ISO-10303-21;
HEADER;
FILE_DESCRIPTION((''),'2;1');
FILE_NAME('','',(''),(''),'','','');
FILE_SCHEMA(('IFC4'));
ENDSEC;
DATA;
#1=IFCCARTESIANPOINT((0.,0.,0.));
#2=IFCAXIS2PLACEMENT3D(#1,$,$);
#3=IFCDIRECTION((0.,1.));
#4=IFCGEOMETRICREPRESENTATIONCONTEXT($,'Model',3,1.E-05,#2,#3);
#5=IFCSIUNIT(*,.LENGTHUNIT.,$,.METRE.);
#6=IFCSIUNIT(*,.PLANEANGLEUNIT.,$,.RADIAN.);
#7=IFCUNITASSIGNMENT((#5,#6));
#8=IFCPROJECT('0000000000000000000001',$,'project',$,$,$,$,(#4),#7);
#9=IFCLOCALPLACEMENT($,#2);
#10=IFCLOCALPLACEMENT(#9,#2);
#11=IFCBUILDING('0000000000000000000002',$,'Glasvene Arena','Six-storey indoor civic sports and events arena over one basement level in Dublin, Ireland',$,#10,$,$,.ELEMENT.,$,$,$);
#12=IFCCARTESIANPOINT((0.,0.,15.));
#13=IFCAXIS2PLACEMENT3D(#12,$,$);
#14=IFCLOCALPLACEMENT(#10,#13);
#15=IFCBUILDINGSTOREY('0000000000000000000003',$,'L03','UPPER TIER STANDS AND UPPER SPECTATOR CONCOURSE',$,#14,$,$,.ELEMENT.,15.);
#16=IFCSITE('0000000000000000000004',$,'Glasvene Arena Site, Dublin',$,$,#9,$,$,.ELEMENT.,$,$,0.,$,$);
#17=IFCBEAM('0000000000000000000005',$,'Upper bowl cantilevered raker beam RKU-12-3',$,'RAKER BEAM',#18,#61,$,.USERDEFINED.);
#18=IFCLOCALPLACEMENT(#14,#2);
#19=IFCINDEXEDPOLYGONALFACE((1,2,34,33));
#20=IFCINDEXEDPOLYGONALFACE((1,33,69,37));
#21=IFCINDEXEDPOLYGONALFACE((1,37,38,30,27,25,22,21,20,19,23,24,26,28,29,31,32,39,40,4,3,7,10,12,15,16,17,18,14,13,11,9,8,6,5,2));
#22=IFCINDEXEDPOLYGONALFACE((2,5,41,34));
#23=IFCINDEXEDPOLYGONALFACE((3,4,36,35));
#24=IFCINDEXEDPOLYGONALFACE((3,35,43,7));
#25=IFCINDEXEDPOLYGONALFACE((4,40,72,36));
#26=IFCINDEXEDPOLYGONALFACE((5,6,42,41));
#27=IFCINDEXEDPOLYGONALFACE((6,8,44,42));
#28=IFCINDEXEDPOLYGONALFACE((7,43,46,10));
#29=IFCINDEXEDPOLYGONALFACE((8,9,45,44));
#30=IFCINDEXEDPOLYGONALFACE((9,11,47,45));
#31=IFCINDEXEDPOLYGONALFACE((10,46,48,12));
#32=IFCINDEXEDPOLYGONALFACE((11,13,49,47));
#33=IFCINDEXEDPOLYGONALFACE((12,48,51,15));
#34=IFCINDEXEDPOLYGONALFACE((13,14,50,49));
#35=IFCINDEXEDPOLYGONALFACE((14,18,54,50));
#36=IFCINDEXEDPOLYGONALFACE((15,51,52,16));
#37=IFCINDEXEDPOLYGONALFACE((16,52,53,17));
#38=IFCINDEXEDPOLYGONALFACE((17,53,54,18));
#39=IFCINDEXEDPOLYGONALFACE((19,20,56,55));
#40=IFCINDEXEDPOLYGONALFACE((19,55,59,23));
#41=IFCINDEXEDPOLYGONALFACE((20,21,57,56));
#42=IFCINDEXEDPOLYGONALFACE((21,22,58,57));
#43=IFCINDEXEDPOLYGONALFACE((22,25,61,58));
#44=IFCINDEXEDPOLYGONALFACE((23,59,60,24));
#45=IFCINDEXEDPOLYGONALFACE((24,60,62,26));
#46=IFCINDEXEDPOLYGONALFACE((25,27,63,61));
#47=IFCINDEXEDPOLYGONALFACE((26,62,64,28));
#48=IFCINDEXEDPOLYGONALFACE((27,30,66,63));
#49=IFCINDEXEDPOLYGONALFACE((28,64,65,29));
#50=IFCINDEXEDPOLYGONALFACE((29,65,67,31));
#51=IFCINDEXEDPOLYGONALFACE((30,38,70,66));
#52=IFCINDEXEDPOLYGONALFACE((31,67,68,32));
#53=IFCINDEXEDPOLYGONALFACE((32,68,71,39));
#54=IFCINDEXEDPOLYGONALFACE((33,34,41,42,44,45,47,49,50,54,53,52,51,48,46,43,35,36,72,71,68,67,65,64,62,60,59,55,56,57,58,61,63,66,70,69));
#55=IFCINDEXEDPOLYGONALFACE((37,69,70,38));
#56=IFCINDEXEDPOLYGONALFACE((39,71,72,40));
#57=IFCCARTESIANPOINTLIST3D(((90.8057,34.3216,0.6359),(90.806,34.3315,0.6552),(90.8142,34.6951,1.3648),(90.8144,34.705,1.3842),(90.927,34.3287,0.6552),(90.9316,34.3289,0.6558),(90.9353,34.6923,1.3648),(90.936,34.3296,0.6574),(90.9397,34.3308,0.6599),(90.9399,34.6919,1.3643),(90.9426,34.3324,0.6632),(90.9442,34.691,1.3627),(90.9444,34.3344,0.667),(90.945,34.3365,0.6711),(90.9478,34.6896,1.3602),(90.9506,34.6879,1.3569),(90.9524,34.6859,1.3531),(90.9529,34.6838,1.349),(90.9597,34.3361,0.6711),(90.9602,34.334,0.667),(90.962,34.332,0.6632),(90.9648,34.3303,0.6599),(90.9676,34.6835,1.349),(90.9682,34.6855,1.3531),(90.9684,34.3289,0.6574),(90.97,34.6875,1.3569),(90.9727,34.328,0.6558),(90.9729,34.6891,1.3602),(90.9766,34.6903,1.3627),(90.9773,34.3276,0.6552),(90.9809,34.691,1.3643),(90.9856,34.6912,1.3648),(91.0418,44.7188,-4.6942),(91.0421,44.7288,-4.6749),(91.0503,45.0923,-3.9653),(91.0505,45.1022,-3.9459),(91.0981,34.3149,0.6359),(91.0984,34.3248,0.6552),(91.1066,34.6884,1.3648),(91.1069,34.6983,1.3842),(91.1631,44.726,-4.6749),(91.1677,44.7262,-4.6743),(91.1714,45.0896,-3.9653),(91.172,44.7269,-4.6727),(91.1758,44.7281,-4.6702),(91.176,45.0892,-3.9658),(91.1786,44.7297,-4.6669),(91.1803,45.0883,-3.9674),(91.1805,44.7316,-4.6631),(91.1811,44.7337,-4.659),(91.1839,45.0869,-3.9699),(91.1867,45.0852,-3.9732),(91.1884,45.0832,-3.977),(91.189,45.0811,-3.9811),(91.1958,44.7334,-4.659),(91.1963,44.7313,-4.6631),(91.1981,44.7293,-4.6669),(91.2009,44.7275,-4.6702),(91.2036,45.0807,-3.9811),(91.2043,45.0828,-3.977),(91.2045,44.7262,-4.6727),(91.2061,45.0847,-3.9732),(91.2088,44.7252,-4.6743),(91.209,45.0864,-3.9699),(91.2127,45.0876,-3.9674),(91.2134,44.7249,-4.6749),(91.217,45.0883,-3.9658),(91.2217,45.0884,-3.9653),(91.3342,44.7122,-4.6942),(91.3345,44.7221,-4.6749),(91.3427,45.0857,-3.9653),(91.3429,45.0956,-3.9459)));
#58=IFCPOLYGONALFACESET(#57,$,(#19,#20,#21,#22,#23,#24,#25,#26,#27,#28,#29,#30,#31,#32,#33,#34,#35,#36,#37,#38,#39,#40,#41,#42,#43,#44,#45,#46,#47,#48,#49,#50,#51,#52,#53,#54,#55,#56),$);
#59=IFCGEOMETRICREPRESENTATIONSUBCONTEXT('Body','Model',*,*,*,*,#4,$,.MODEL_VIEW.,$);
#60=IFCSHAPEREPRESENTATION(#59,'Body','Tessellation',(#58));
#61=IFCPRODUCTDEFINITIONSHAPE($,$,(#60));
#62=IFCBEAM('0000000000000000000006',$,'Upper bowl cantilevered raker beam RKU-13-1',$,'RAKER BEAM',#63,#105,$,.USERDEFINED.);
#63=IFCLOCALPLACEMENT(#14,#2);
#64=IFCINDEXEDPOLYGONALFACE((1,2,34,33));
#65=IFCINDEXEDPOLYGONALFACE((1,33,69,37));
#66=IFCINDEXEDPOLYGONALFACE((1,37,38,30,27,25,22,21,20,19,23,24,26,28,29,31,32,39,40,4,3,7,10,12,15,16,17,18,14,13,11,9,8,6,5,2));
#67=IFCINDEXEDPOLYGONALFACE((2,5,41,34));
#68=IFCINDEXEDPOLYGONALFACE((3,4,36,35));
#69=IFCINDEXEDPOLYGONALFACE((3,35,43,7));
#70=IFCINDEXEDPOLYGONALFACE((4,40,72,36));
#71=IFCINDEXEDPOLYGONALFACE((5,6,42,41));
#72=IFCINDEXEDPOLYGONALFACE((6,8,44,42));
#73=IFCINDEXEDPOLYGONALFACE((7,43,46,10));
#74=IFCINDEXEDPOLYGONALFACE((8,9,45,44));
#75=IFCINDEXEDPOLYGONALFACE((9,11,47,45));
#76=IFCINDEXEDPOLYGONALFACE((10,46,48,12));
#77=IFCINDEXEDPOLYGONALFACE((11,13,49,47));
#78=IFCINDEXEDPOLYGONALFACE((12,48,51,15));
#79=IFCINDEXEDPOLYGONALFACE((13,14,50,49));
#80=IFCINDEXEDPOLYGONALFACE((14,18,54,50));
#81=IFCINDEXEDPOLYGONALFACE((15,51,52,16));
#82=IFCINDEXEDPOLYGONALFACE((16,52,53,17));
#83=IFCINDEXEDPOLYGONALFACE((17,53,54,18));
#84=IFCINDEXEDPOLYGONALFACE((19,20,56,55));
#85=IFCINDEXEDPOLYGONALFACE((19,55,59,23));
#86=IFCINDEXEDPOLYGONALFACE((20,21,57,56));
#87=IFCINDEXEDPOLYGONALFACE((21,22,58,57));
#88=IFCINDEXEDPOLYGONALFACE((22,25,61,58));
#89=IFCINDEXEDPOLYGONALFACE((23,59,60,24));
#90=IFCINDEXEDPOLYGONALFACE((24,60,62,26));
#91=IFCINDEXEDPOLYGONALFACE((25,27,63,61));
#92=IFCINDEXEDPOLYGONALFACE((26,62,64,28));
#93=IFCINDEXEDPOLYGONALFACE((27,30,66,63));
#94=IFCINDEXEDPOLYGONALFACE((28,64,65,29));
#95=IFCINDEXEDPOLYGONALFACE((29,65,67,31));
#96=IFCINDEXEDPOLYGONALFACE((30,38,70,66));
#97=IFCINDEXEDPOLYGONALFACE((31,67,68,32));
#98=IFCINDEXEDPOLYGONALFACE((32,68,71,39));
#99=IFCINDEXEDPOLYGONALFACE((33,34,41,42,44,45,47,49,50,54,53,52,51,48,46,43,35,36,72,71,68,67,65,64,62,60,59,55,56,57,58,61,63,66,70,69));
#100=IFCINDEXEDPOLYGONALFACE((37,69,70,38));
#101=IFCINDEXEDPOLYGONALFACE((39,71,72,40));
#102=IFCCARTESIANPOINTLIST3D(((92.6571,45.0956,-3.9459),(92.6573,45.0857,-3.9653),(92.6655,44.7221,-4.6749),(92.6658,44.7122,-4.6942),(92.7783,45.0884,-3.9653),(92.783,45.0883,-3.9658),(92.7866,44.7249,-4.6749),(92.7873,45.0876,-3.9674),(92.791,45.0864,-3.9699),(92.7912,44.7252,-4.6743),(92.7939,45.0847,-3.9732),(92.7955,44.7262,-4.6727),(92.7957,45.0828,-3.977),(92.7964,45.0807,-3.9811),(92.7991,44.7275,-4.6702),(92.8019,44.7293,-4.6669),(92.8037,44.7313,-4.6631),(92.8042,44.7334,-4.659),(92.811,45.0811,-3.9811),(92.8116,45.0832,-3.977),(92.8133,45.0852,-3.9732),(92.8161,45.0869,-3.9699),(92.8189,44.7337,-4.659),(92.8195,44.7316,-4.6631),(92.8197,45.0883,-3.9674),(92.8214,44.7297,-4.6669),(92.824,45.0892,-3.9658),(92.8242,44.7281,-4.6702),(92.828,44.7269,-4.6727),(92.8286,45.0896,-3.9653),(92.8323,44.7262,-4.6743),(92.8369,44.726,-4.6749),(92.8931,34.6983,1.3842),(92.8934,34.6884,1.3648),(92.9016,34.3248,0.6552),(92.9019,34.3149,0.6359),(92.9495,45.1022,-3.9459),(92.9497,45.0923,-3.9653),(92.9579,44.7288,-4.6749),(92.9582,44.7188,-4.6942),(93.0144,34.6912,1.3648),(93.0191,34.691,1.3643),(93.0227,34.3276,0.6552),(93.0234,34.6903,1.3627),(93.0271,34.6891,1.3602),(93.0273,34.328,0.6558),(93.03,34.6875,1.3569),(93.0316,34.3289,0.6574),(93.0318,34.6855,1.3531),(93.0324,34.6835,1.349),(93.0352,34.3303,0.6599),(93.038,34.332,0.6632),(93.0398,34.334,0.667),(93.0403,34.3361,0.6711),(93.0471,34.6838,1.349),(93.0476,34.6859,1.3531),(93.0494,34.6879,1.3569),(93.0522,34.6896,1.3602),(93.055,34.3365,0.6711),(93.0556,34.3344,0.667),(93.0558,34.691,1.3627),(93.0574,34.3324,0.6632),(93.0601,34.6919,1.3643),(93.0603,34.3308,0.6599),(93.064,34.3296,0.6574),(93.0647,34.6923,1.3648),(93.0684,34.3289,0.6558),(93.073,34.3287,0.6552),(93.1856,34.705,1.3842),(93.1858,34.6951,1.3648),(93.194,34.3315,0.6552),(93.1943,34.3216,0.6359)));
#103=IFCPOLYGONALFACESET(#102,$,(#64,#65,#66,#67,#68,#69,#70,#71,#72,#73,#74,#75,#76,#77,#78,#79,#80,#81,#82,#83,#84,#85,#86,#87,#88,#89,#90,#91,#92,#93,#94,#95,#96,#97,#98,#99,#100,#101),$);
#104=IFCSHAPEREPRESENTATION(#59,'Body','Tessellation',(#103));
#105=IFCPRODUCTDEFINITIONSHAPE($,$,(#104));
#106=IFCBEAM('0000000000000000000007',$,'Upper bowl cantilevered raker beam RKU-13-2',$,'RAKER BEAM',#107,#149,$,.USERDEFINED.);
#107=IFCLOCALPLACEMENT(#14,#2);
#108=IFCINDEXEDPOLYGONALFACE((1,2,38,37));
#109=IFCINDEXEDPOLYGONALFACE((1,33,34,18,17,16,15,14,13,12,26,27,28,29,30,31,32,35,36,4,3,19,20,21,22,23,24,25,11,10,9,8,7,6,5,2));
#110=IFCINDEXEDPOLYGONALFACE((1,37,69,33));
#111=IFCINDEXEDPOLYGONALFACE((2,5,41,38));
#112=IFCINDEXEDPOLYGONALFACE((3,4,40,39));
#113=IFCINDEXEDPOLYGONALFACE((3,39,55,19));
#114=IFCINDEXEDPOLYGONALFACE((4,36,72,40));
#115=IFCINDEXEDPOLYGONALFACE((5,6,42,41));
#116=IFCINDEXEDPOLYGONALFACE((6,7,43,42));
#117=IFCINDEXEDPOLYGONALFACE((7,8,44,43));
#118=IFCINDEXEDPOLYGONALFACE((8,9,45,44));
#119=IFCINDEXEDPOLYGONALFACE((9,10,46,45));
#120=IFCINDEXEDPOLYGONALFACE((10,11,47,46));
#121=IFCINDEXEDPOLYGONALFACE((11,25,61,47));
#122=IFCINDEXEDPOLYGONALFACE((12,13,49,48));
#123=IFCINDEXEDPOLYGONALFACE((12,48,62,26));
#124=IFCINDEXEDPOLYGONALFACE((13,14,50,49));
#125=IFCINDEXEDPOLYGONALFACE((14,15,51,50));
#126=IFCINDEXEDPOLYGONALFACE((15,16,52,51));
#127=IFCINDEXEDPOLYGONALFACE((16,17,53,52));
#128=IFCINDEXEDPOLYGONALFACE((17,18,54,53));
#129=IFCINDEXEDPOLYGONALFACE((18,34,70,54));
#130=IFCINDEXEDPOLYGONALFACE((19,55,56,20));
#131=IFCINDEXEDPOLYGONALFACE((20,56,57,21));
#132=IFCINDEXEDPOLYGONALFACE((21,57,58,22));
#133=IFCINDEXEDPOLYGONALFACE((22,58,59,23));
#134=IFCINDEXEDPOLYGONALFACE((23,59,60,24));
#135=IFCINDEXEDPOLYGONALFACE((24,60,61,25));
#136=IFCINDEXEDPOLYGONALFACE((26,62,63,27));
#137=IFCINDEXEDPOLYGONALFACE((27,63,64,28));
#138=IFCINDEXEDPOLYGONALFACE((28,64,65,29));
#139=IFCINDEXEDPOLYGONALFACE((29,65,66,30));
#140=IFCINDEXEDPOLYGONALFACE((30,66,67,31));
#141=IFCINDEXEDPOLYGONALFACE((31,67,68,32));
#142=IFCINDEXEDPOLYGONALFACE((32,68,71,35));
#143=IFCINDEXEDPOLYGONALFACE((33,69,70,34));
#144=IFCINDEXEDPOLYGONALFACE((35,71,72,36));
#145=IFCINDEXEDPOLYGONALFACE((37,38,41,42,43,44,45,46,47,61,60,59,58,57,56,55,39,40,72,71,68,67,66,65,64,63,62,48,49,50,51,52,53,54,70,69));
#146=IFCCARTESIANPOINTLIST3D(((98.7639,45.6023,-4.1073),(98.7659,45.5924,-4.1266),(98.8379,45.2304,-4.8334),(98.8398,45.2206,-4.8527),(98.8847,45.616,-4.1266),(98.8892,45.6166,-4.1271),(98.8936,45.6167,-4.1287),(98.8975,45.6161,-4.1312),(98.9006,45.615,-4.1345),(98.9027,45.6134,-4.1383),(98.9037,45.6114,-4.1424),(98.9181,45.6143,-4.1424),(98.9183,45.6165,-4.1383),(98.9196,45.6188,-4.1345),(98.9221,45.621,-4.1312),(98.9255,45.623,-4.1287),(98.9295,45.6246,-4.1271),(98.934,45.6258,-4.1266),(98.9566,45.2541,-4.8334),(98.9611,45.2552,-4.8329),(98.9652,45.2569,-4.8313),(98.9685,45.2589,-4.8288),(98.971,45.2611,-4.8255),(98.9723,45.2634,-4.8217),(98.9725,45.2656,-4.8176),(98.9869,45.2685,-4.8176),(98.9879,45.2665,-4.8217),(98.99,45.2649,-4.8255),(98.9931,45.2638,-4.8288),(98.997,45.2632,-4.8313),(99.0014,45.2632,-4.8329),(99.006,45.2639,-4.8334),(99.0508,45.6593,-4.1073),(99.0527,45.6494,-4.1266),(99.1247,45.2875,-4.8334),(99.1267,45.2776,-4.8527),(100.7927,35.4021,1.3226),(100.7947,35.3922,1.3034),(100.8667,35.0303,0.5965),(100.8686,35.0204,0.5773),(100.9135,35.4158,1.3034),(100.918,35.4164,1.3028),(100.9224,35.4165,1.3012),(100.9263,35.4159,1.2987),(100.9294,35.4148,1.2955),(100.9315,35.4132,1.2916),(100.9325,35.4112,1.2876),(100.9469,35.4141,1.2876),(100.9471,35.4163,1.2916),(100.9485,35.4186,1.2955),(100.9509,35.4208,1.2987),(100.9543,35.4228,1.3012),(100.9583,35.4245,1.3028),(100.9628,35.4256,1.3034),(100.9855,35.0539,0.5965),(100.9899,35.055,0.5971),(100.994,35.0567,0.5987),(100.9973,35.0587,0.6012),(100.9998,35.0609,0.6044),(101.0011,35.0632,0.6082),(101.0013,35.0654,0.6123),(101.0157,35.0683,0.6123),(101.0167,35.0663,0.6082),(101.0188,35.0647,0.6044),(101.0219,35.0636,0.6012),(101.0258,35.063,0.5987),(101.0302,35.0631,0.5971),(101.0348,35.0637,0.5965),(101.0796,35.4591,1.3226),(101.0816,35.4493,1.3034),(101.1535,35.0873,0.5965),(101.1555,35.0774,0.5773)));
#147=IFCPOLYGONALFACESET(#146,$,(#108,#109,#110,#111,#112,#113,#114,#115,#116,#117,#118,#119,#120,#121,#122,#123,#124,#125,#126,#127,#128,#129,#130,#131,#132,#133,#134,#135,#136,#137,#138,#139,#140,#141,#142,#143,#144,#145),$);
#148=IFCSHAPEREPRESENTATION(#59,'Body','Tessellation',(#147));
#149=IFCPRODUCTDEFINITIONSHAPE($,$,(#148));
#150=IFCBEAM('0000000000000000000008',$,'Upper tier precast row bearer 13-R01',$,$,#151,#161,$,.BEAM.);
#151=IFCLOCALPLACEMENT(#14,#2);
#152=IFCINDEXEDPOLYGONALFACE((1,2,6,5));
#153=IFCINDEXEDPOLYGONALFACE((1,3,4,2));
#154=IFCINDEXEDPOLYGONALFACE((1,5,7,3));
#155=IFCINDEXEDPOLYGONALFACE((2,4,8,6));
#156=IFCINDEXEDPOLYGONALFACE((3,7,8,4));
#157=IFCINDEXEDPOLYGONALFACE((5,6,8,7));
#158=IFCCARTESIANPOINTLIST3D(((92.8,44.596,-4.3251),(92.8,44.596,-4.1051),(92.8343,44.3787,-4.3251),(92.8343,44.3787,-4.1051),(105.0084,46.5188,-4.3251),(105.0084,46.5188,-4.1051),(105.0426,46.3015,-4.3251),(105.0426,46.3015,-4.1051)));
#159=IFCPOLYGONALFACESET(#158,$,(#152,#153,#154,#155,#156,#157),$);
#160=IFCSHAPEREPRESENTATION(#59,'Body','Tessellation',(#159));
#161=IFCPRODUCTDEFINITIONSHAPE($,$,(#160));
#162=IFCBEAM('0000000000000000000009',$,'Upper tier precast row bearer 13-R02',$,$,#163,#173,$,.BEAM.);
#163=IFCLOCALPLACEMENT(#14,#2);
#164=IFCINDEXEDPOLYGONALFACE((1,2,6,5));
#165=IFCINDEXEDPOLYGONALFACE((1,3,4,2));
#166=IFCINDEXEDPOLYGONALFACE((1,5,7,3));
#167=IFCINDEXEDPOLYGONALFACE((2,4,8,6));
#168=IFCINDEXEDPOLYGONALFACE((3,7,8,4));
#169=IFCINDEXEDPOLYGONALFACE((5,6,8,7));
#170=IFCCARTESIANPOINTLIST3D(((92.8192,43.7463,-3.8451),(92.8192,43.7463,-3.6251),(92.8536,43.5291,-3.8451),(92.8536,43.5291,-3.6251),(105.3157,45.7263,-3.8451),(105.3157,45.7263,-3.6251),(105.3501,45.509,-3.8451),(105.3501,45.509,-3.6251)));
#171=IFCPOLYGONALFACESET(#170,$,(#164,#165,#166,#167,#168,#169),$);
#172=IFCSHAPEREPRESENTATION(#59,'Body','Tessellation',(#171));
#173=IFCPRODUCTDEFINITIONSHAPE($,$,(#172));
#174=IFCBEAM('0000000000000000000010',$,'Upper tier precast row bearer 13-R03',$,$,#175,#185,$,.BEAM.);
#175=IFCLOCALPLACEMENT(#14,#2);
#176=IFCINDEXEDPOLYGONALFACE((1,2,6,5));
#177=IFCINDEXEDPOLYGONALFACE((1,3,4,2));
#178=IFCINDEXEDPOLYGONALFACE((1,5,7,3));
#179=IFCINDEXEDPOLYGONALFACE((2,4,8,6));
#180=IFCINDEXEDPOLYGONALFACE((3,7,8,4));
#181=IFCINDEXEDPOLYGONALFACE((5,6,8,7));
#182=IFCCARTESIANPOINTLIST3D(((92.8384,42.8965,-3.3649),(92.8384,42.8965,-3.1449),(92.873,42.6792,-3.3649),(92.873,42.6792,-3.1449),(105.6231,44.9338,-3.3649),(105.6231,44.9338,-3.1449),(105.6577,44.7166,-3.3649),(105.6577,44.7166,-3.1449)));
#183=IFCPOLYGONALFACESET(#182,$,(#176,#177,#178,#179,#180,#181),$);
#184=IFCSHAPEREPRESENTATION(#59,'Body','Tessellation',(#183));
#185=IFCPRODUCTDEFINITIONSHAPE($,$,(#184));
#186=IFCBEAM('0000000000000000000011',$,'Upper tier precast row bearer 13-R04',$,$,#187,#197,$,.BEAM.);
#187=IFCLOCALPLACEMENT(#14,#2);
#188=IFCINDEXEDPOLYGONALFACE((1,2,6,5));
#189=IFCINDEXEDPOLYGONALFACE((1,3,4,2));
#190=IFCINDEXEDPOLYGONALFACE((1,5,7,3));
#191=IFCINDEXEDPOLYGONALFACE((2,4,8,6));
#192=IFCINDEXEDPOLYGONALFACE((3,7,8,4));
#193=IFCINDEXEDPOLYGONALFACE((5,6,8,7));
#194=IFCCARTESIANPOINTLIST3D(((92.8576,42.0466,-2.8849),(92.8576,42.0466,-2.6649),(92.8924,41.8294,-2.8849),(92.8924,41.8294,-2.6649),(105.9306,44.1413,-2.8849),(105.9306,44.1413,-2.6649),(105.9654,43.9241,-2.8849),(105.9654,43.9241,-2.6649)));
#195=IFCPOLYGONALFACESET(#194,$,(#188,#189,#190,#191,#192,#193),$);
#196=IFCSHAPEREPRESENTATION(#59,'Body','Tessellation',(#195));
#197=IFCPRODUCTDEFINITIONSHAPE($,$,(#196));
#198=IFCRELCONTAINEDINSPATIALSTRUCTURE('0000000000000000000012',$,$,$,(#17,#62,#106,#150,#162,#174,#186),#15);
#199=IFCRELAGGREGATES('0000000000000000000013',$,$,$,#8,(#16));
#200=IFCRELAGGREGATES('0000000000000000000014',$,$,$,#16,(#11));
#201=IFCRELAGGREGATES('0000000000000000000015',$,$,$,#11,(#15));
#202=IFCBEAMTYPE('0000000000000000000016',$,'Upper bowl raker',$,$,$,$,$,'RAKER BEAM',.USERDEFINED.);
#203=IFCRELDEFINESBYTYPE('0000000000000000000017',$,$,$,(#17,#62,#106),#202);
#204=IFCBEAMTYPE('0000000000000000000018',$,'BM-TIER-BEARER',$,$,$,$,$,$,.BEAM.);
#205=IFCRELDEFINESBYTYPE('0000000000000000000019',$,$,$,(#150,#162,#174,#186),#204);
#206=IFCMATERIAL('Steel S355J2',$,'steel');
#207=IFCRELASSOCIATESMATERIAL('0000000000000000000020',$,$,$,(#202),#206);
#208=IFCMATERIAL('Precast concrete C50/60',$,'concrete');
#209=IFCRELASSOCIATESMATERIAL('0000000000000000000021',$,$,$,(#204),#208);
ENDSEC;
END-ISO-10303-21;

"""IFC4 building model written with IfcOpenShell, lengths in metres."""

from ifc_helpers import new_model, si_unit, direction, frame, origin, origin_2d, place, context, subcontext, project, spatial, rectangle, i_section, extrude, material, material_profile, profile_set, type_object, element, save


model = new_model("IFC4")

# Units and contexts
model_context = context("Model", 3, precision=1e-05, world=origin(), true_north=direction((0.0, 1.0)))
body_context = subcontext(model_context, "Body", "Model", "MODEL_VIEW")
ifc_project = project(units=[si_unit("LENGTHUNIT", "METRE"), si_unit("PLANEANGLEUNIT", "RADIAN")], contexts=[model_context])

# Site, building, storey
site_placement = place(None, origin())
site = spatial("IfcSite", under=ifc_project, at=site_placement, Name="Glasvene Arena Site, Dublin", CompositionType="ELEMENT", RefElevation=0.0)
building_placement = place(site_placement, origin())
building = spatial("IfcBuilding", under=site, at=building_placement, Name="Glasvene Arena", Description="Six-storey indoor civic sports and events arena over one basement level in Dublin, Ireland", CompositionType="ELEMENT")
storey_placement = place(building_placement, frame((0.0, 0.0, 15.0)))
storey = spatial("IfcBuildingStorey", under=building, at=storey_placement, Name="L03", Description="UPPER TIER STANDS AND UPPER SPECTATOR CONCOURSE", CompositionType="ELEMENT", Elevation=15.0)

# Shared definitions
ifc_material_1 = material(Name="Steel S355J2", Category="steel")

# Beams
ifc_material_profile_1 = material_profile(ifc_material_1, i_section(OverallWidth=0.2925, OverallDepth=0.8408, WebThickness=0.0146, FlangeThickness=0.0217, FilletRadius=0.0178, at=origin_2d()), Name="UKB 838x292x194")
ifc_profile_set_1 = profile_set([ifc_material_profile_1], Name="Steel S355J2")
beam_type_1 = type_object("IfcBeamType", Name="Upper bowl raker", ElementType="RAKER BEAM", PredefinedType="USERDEFINED", material=ifc_profile_set_1)
for number, where, z_axis, x_axis, name in (
    (1, (91.1924, 44.9072, -4.3201), (-0.020202, -0.889699, 0.4561), (0.999742, -0.022701, 0.0), "Upper bowl cantilevered raker beam RKU-12-3"),
    (2, (92.8076, 44.9072, -4.3201), (0.020202, -0.889699, 0.4561), (0.999742, 0.022701, 0.0), "Upper bowl cantilevered raker beam RKU-13-1"),
):
    element("IfcBeam", number, at=place(storey_placement, frame(where, z_axis=z_axis, x_axis=x_axis)), inside=storey, type_object=beam_type_1, Name=name, ObjectType="RAKER BEAM", PredefinedType="USERDEFINED", context=body_context, shape_type="SweptSolid", body=[
        extrude(i_section(OverallWidth=0.2925, OverallDepth=0.8408, WebThickness=0.0146, FlangeThickness=0.0217, FilletRadius=0.0178, at=origin_2d()), origin(), (0.0, 0.0, 1.0), 11.6863),
    ])
beam_1_placement = place(storey_placement, frame((98.9453, 45.4399, -4.48), z_axis=(0.172927, -0.86942, 0.462823), x_axis=(0.980788, 0.195078, 0.0)))
element("IfcBeam", 3, at=beam_1_placement, inside=storey, type_object=beam_type_1, Name="Upper bowl cantilevered raker beam RKU-13-2", ObjectType="RAKER BEAM", PredefinedType="USERDEFINED", context=body_context, shape_type="SweptSolid", body=[
    extrude(i_section(OverallWidth=0.2925, OverallDepth=0.8408, WebThickness=0.0146, FlangeThickness=0.0217, FilletRadius=0.0178, at=origin_2d()), origin(), (0.0, 0.0, 1.0), 11.7322),
])
ifc_material_2 = material(Name="Precast concrete C50/60", Category="concrete")
ifc_material_profile_2 = material_profile(ifc_material_2, rectangle(XDim=0.22, YDim=0.22, at=origin_2d()), Name="RC 220x220")
ifc_profile_set_2 = profile_set([ifc_material_profile_2], Name="Precast concrete C50/60")
beam_type_2 = type_object("IfcBeamType", Name="BM-TIER-BEARER", PredefinedType="BEAM", material=ifc_profile_set_2)
beam_2_placement = place(storey_placement, frame((92.8171, 44.4873, -4.2151), z_axis=(0.987823, 0.155583, 0.0), x_axis=(-0.155583, 0.987823, 0.0)))
element("IfcBeam", 4, at=beam_2_placement, inside=storey, type_object=beam_type_2, Name="Upper tier precast row bearer 13-R01", PredefinedType="BEAM", context=body_context, shape_type="SweptSolid", body=[
    extrude(rectangle(XDim=0.22, YDim=0.22, at=origin_2d()), origin(), (0.0, 0.0, 1.0), 12.3589),
])
beam_3_placement = place(storey_placement, frame((92.8364, 43.6377, -3.7351), z_axis=(0.98768, 0.15649, 0.0), x_axis=(-0.15649, 0.98768, 0.0)))
element("IfcBeam", 5, at=beam_3_placement, inside=storey, type_object=beam_type_2, Name="Upper tier precast row bearer 13-R02", PredefinedType="BEAM", context=body_context, shape_type="SweptSolid", body=[
    extrude(rectangle(XDim=0.22, YDim=0.22, at=origin_2d()), origin(), (0.0, 0.0, 1.0), 12.6523),
])
beam_4_placement = place(storey_placement, frame((92.8557, 42.7878, -3.2549), z_axis=(0.987539, 0.157373, 0.0), x_axis=(-0.157373, 0.987539, 0.0)))
element("IfcBeam", 6, at=beam_4_placement, inside=storey, type_object=beam_type_2, Name="Upper tier precast row bearer 13-R03", PredefinedType="BEAM", context=body_context, shape_type="SweptSolid", body=[
    extrude(rectangle(XDim=0.22, YDim=0.22, at=origin_2d()), origin(), (0.0, 0.0, 1.0), 12.946),
])
beam_5_placement = place(storey_placement, frame((92.875, 41.938, -2.7749), z_axis=(0.987405, 0.158215, 0.0), x_axis=(-0.158215, 0.987405, 0.0)))
element("IfcBeam", 7, at=beam_5_placement, inside=storey, type_object=beam_type_2, Name="Upper tier precast row bearer 13-R04", PredefinedType="BEAM", context=body_context, shape_type="SweptSolid", body=[
    extrude(rectangle(XDim=0.22, YDim=0.22, at=origin_2d()), origin(), (0.0, 0.0, 1.0), 13.2397),
])

save(model, "model.ifc")
